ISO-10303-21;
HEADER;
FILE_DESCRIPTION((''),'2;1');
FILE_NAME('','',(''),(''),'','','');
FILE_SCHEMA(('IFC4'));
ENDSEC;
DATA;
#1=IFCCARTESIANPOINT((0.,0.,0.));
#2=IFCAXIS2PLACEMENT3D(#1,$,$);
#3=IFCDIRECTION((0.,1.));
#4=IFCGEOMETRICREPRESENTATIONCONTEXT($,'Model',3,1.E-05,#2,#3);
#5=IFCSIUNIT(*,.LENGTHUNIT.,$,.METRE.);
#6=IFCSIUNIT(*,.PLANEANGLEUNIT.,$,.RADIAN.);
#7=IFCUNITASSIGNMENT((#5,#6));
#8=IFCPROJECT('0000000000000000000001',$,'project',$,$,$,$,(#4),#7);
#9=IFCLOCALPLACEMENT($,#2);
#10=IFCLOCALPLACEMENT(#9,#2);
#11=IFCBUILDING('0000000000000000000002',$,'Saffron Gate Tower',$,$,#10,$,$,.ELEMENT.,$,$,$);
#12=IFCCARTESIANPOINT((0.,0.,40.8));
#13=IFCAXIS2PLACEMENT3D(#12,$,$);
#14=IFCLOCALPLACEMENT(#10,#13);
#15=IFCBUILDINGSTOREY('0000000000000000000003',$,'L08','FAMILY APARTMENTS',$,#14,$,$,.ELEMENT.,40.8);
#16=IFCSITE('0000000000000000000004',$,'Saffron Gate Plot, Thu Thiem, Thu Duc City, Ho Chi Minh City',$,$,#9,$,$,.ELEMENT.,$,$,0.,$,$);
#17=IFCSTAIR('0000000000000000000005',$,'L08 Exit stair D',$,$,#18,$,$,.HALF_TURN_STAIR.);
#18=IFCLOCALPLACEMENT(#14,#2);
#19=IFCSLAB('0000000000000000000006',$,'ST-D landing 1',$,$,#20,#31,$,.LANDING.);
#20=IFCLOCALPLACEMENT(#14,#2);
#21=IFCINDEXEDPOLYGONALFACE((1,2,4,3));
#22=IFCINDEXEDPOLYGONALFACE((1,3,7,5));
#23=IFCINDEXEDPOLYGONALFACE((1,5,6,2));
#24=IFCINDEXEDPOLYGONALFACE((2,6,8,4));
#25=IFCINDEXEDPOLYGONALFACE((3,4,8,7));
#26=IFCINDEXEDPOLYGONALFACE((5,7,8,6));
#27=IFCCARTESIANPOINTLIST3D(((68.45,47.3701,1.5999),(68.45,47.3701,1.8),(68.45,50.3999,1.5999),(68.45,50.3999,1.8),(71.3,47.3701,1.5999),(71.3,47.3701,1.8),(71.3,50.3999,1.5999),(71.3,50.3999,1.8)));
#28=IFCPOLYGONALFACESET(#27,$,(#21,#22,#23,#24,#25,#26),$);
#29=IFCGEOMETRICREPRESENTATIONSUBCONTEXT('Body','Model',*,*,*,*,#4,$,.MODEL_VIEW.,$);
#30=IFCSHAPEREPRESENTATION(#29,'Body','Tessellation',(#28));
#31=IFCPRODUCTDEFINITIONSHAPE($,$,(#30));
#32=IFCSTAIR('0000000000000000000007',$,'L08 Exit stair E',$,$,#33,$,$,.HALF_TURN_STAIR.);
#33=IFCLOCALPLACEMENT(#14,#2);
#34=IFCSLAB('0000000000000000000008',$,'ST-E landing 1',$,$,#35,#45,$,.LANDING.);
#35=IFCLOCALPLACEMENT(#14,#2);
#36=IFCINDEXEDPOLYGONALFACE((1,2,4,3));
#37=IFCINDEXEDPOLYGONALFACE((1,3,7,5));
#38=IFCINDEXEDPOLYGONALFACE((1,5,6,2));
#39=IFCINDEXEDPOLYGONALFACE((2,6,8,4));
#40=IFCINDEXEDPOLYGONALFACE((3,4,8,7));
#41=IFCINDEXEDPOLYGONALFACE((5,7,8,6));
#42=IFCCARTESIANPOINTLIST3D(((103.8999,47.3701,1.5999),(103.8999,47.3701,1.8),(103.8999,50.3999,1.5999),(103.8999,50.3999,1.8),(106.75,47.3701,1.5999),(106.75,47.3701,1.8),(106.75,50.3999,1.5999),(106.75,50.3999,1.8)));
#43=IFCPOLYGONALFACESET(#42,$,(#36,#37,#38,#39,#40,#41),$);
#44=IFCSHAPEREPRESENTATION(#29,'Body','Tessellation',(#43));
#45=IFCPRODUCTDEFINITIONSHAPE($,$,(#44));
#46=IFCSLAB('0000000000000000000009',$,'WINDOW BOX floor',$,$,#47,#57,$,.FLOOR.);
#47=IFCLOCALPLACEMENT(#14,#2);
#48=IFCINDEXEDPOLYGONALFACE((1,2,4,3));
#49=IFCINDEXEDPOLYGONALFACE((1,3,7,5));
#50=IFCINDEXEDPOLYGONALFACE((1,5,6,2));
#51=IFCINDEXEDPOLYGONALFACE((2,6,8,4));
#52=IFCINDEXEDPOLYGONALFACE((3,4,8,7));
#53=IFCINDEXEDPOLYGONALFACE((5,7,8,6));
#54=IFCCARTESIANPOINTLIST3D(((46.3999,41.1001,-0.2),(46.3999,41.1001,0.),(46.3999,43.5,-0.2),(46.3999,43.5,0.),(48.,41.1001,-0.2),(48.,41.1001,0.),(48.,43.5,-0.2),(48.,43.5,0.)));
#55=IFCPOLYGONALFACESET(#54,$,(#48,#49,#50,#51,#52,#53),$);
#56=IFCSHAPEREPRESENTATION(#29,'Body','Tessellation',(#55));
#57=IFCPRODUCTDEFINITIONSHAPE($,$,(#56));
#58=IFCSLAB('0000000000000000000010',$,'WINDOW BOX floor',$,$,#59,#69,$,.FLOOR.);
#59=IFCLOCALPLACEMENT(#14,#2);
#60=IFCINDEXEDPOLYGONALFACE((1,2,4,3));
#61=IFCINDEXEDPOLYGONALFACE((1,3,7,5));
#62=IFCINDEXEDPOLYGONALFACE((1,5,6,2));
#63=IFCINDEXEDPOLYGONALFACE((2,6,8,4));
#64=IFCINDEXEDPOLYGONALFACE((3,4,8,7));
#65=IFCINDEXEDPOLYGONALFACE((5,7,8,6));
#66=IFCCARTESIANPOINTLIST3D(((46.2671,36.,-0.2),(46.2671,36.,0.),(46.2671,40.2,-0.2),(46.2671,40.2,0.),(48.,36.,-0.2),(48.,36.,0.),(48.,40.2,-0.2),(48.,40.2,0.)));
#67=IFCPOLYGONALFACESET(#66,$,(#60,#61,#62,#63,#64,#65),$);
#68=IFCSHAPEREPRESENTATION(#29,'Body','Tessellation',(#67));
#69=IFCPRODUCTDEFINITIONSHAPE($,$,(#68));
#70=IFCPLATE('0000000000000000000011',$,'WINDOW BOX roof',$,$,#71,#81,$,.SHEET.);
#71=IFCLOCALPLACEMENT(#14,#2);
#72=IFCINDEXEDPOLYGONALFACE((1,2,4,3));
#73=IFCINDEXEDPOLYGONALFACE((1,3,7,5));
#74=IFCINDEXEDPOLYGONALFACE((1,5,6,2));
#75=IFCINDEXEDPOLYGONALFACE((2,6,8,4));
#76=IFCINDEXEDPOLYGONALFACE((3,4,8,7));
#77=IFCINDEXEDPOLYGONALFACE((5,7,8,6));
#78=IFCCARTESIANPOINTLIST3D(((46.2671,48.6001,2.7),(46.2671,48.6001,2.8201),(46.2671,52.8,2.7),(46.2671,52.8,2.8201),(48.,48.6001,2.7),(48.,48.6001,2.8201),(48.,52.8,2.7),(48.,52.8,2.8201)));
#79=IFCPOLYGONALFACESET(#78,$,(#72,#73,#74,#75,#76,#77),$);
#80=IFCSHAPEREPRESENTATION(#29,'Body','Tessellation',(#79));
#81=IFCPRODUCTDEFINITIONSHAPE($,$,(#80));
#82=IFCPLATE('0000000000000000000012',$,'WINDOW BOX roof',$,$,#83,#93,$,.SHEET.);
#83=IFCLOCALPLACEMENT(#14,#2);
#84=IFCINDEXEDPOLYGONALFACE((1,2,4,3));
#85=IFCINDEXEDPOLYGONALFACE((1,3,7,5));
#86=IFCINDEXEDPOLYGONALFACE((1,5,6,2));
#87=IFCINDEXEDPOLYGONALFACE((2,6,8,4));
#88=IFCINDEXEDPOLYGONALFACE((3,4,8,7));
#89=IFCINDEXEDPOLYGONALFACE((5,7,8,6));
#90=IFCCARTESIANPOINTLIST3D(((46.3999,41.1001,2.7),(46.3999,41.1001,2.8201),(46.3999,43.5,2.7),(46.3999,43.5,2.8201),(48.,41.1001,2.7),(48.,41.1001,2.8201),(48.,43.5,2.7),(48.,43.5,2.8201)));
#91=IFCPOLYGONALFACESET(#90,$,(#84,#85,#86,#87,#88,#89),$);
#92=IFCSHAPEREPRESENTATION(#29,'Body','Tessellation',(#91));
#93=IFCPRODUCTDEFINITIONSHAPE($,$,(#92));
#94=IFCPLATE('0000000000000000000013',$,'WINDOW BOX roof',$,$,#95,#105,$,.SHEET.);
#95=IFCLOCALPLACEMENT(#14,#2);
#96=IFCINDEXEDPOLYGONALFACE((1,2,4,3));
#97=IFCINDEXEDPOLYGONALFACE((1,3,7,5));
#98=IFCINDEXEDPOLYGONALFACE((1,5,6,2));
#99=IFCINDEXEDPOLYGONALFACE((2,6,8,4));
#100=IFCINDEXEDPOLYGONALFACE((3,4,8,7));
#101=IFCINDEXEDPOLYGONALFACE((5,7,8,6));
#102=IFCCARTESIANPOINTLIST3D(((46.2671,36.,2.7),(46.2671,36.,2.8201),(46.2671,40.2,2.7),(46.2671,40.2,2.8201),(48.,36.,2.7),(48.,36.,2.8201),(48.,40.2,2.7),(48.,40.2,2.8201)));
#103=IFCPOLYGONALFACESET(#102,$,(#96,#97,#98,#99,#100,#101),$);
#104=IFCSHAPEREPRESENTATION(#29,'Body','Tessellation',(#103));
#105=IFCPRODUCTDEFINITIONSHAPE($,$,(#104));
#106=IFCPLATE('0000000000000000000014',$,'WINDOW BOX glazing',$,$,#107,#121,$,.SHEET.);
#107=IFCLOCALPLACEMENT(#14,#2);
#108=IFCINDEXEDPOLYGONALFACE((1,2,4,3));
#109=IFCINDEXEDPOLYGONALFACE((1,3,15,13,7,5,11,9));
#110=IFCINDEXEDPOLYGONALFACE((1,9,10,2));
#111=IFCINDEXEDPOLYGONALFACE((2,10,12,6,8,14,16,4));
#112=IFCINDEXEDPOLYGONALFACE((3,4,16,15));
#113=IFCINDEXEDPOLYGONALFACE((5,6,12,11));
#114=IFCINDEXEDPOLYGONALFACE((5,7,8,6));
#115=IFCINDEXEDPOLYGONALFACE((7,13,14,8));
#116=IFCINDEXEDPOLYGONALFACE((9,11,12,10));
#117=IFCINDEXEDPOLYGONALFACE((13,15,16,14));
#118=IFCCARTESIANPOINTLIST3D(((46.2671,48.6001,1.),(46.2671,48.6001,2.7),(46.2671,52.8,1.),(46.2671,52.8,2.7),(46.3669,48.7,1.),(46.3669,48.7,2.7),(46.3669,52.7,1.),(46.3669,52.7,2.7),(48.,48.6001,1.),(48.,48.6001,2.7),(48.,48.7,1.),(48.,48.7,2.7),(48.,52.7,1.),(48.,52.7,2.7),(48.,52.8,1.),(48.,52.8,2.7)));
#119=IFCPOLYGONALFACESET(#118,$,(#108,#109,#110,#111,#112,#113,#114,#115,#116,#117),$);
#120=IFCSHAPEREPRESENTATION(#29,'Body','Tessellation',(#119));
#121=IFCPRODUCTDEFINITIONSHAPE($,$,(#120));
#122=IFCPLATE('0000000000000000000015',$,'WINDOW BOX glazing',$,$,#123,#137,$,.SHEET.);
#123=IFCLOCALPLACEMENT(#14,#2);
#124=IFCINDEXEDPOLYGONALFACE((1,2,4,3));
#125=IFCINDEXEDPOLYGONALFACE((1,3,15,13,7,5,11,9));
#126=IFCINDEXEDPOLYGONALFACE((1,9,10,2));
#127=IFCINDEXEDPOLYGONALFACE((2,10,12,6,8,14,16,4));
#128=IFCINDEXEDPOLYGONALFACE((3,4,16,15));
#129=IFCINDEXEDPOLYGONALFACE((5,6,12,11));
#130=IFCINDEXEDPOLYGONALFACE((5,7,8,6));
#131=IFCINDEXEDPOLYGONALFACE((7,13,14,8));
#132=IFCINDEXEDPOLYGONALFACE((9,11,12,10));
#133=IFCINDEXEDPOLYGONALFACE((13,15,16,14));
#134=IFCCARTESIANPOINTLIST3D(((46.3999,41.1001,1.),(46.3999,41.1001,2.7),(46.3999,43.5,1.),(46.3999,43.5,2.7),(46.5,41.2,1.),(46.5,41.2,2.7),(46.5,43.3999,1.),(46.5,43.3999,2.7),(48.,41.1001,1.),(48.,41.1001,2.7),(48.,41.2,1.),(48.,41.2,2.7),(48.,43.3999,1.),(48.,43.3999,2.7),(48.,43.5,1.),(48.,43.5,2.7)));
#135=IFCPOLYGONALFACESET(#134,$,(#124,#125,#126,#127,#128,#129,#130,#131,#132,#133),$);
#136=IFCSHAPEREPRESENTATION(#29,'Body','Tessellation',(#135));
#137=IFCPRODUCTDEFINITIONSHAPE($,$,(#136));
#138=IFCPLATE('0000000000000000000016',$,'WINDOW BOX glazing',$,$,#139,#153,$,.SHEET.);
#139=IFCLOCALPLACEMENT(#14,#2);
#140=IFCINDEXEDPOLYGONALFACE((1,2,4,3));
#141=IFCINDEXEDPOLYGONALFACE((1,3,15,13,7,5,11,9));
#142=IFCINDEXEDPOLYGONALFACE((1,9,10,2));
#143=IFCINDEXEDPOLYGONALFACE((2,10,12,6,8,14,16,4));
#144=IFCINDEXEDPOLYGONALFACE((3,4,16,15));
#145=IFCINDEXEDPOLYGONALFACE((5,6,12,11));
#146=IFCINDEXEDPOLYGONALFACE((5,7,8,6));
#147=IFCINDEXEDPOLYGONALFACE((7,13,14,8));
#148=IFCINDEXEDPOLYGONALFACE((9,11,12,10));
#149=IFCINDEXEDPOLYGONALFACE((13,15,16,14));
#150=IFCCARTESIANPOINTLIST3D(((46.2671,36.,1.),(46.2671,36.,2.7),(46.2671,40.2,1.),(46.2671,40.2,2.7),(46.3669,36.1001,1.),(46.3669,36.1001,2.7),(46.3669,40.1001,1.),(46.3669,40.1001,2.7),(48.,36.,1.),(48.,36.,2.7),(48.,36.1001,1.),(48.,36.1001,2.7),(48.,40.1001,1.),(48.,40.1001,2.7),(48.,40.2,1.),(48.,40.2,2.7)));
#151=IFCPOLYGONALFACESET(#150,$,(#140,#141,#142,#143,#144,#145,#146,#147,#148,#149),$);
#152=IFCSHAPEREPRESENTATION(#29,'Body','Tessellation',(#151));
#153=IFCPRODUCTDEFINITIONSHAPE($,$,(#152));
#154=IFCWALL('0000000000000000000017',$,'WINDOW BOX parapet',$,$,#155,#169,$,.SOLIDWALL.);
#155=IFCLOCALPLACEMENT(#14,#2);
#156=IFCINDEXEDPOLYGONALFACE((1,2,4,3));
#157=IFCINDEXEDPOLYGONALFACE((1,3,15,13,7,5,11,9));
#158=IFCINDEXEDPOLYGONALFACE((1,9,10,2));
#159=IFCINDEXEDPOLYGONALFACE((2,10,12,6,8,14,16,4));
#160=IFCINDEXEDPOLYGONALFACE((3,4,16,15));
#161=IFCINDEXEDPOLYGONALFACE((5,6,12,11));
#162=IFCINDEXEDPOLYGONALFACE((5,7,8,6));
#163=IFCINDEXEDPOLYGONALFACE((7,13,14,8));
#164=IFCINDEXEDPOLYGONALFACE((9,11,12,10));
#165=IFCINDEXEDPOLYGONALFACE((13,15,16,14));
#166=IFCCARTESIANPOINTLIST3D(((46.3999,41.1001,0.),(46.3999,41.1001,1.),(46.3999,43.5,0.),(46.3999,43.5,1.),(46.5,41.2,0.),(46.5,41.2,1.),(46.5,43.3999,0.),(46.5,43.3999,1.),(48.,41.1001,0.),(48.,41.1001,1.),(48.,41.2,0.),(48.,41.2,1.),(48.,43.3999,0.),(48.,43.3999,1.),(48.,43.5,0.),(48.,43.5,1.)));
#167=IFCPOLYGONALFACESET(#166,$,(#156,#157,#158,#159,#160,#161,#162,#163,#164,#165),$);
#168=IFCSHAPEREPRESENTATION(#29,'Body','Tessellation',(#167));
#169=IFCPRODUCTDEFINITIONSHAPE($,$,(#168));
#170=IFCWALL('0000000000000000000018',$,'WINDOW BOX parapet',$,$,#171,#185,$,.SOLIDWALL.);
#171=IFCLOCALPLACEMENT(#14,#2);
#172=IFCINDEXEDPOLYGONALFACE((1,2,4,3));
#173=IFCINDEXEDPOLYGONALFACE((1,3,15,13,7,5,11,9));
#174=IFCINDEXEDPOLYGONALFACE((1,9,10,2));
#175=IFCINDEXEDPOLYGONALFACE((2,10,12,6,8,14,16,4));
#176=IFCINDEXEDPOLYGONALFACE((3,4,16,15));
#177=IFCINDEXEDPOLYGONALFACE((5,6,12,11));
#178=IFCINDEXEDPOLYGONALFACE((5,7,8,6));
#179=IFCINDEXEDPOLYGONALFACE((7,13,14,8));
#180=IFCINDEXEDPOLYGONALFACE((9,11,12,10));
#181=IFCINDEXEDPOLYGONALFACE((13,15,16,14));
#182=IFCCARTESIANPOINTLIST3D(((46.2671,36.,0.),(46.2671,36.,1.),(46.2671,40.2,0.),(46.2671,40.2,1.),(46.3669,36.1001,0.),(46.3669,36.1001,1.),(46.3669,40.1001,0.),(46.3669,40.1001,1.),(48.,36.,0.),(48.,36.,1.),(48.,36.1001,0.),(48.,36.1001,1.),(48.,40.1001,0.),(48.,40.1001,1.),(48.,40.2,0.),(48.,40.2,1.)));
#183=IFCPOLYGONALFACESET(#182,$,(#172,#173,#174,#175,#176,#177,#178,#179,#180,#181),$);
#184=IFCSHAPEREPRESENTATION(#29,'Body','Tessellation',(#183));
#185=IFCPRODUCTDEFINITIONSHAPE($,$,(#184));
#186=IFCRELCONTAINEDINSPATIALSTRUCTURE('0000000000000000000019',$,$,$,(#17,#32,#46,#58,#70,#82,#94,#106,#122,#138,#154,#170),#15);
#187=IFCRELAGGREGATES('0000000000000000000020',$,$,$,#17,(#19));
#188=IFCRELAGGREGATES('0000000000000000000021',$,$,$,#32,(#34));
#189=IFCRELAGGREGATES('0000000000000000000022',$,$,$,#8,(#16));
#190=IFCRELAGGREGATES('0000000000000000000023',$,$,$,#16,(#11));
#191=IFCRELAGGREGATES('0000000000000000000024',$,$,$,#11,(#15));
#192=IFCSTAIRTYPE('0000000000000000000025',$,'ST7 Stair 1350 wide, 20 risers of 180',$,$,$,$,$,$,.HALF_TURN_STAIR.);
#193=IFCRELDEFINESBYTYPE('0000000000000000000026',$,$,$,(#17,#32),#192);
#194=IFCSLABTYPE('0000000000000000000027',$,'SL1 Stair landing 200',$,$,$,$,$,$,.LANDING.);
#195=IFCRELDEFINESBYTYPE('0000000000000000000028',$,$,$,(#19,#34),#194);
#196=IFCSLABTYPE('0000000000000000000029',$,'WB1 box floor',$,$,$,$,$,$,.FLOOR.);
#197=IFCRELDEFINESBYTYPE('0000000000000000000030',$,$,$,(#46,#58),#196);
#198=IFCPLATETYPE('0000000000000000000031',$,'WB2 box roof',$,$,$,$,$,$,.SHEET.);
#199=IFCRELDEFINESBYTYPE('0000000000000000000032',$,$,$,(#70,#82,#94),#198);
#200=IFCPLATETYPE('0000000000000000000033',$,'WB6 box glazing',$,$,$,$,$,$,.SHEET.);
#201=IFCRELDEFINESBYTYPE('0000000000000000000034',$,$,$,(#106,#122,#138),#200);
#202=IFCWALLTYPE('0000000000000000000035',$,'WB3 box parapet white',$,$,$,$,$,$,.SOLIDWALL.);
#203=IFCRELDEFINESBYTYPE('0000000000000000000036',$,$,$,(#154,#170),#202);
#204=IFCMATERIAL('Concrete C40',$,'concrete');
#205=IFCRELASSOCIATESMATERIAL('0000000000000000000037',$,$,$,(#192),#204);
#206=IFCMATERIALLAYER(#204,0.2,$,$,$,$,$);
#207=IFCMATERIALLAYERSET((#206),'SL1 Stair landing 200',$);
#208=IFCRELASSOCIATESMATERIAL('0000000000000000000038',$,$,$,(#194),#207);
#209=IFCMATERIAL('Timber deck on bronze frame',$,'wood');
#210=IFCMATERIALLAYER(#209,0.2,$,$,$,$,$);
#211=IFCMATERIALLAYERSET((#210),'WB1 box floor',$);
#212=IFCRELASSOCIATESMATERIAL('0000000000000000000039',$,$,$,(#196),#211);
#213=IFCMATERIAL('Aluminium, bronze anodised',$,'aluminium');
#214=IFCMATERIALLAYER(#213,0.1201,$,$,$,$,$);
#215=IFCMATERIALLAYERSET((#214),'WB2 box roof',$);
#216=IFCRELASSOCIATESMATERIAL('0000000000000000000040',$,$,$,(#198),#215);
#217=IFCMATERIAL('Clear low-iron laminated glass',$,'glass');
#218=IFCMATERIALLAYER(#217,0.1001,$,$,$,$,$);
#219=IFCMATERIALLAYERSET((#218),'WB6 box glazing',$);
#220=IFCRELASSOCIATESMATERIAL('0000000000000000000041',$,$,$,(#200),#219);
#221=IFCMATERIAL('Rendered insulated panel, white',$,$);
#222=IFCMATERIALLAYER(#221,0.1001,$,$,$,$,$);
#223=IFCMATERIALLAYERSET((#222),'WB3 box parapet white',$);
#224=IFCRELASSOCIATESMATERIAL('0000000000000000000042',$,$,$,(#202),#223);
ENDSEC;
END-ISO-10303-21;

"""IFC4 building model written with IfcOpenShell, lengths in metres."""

from ifc_helpers import new_model, si_unit, direction, frame, origin, place, context, subcontext, project, spatial, polyline, outline, extrude, material, layer, layer_set, type_object, element, aggregate, save


model = new_model("IFC4")

# Units and contexts
model_context = context("Model", 3, precision=1e-05, world=origin(), true_north=direction((0.0, 1.0)))
body_context = subcontext(model_context, "Body", "Model", "MODEL_VIEW")
ifc_project = project(units=[si_unit("LENGTHUNIT", "METRE"), si_unit("PLANEANGLEUNIT", "RADIAN")], contexts=[model_context])

# Site, building, storey
site_placement = place(None, origin())
site = spatial("IfcSite", under=ifc_project, at=site_placement, Name="Saffron Gate Plot, Thu Thiem, Thu Duc City, Ho Chi Minh City", CompositionType="ELEMENT", RefElevation=0.0)
building_placement = place(site_placement, origin())
building = spatial("IfcBuilding", under=site, at=building_placement, Name="Saffron Gate Tower", CompositionType="ELEMENT")
storey_placement = place(building_placement, frame((0.0, 0.0, 40.8)))
storey = spatial("IfcBuildingStorey", under=building, at=storey_placement, Name="L08", Description="FAMILY APARTMENTS", CompositionType="ELEMENT", Elevation=40.8)

# Shared definitions
ifc_material_1 = material(Name="Aluminium, bronze anodised", Category="aluminium")

# Stairs, slabs
ifc_material_2 = material(Name="Concrete C40", Category="concrete")
stair_type = type_object("IfcStairType", Name="ST7 Stair 1350 wide, 20 risers of 180", PredefinedType="HALF_TURN_STAIR", material=ifc_material_2)
ifc_layer_1 = layer(ifc_material_2, 0.2)
ifc_layer_set_1 = layer_set([ifc_layer_1], Name="SL1 Stair landing 200")
slab_type_1 = type_object("IfcSlabType", Name="SL1 Stair landing 200", PredefinedType="LANDING", material=ifc_layer_set_1)
stair_1_placement = place(storey_placement, origin())
stair_1 = element("IfcStair", 1, at=stair_1_placement, inside=storey, type_object=stair_type, Name="L08 Exit stair D", PredefinedType="HALF_TURN_STAIR")
slab_1_placement = place(storey_placement, frame((0.0, 0.0, 1.5999)))
slab_1 = element("IfcSlab", 2, at=slab_1_placement, type_object=slab_type_1, Name="ST-D landing 1", PredefinedType="LANDING", context=body_context, shape_type="SweptSolid", body=[
    extrude(outline(polyline([(71.3, 47.3701), (71.3, 50.3999), (68.45, 50.3999), (68.45, 47.3701), (71.3, 47.3701)])), origin(), (0.0, 0.0, 1.0), 0.2002),
])
aggregate(stair_1, [slab_1])
stair_2_placement = place(storey_placement, origin())
stair_2 = element("IfcStair", 3, at=stair_2_placement, inside=storey, type_object=stair_type, Name="L08 Exit stair E", PredefinedType="HALF_TURN_STAIR")
slab_2_placement = place(storey_placement, frame((0.0, 0.0, 1.5999)))
slab_2 = element("IfcSlab", 4, at=slab_2_placement, type_object=slab_type_1, Name="ST-E landing 1", PredefinedType="LANDING", context=body_context, shape_type="SweptSolid", body=[
    extrude(outline(polyline([(106.75, 47.3701), (106.75, 50.3999), (103.8999, 50.3999), (103.8999, 47.3701), (106.75, 47.3701)])), origin(), (0.0, 0.0, 1.0), 0.2002),
])
aggregate(stair_2, [slab_2])

# Slabs
ifc_material_3 = material(Name="Timber deck on bronze frame", Category="wood")
ifc_layer_2 = layer(ifc_material_3, 0.2)
ifc_layer_set_2 = layer_set([ifc_layer_2], Name="WB1 box floor")
slab_type_2 = type_object("IfcSlabType", Name="WB1 box floor", PredefinedType="FLOOR", material=ifc_layer_set_2)
slab_3_placement = place(storey_placement, frame((0.0, 0.0, -0.2)))
element("IfcSlab", 5, at=slab_3_placement, inside=storey, type_object=slab_type_2, Name="WINDOW BOX floor", PredefinedType="FLOOR", context=body_context, shape_type="SweptSolid", body=[
    extrude(outline(polyline([(48.0, 43.5), (48.0, 41.1001), (46.3999, 41.1001), (46.3999, 43.5), (48.0, 43.5)])), origin(), (0.0, 0.0, 1.0), 0.2),
])
slab_4_placement = place(storey_placement, frame((0.0, 0.0, -0.2)))
element("IfcSlab", 6, at=slab_4_placement, inside=storey, type_object=slab_type_2, Name="WINDOW BOX floor", PredefinedType="FLOOR", context=body_context, shape_type="SweptSolid", body=[
    extrude(outline(polyline([(48.0, 40.2), (48.0, 36.0), (46.2671, 36.0), (46.2671, 40.2), (48.0, 40.2)])), origin(), (0.0, 0.0, 1.0), 0.2),
])

# Plates
ifc_layer_3 = layer(ifc_material_1, 0.1201)
ifc_layer_set_3 = layer_set([ifc_layer_3], Name="WB2 box roof")
plate_type_1 = type_object("IfcPlateType", Name="WB2 box roof", PredefinedType="SHEET", material=ifc_layer_set_3)
plate_1_placement = place(storey_placement, frame((0.0, 0.0, 2.7)))
element("IfcPlate", 7, at=plate_1_placement, inside=storey, type_object=plate_type_1, Name="WINDOW BOX roof", PredefinedType="SHEET", context=body_context, shape_type="SweptSolid", body=[
    extrude(outline(polyline([(48.0, 52.8), (48.0, 48.6001), (46.2671, 48.6001), (46.2671, 52.8), (48.0, 52.8)])), origin(), (0.0, 0.0, 1.0), 0.1201),
])
plate_2_placement = place(storey_placement, frame((0.0, 0.0, 2.7)))
element("IfcPlate", 8, at=plate_2_placement, inside=storey, type_object=plate_type_1, Name="WINDOW BOX roof", PredefinedType="SHEET", context=body_context, shape_type="SweptSolid", body=[
    extrude(outline(polyline([(48.0, 43.5), (48.0, 41.1001), (46.3999, 41.1001), (46.3999, 43.5), (48.0, 43.5)])), origin(), (0.0, 0.0, 1.0), 0.1201),
])
plate_3_placement = place(storey_placement, frame((0.0, 0.0, 2.7)))
element("IfcPlate", 9, at=plate_3_placement, inside=storey, type_object=plate_type_1, Name="WINDOW BOX roof", PredefinedType="SHEET", context=body_context, shape_type="SweptSolid", body=[
    extrude(outline(polyline([(48.0, 40.2), (48.0, 36.0), (46.2671, 36.0), (46.2671, 40.2), (48.0, 40.2)])), origin(), (0.0, 0.0, 1.0), 0.1201),
])
ifc_material_4 = material(Name="Clear low-iron laminated glass", Category="glass")
ifc_layer_4 = layer(ifc_material_4, 0.1001)
ifc_layer_set_4 = layer_set([ifc_layer_4], Name="WB6 box glazing")
plate_type_2 = type_object("IfcPlateType", Name="WB6 box glazing", PredefinedType="SHEET", material=ifc_layer_set_4)
plate_4_placement = place(storey_placement, frame((0.0, 0.0, 1.0)))
element("IfcPlate", 10, at=plate_4_placement, inside=storey, type_object=plate_type_2, Name="WINDOW BOX glazing", PredefinedType="SHEET", context=body_context, shape_type="SweptSolid", body=[
    extrude(outline(polyline([(48.0, 52.8), (48.0, 52.7), (46.3669, 52.7), (46.3669, 48.7), (48.0, 48.7), (48.0, 48.6001), (46.2671, 48.6001), (46.2671, 52.8), (48.0, 52.8)])), origin(), (0.0, 0.0, 1.0), 1.7),
])
plate_5_placement = place(storey_placement, frame((0.0, 0.0, 1.0)))
element("IfcPlate", 11, at=plate_5_placement, inside=storey, type_object=plate_type_2, Name="WINDOW BOX glazing", PredefinedType="SHEET", context=body_context, shape_type="SweptSolid", body=[
    extrude(outline(polyline([(48.0, 43.5), (48.0, 43.3999), (46.5, 43.3999), (46.5, 41.2), (48.0, 41.2), (48.0, 41.1001), (46.3999, 41.1001), (46.3999, 43.5), (48.0, 43.5)])), origin(), (0.0, 0.0, 1.0), 1.7),
])
plate_6_placement = place(storey_placement, frame((0.0, 0.0, 1.0)))
element("IfcPlate", 12, at=plate_6_placement, inside=storey, type_object=plate_type_2, Name="WINDOW BOX glazing", PredefinedType="SHEET", context=body_context, shape_type="SweptSolid", body=[
    extrude(outline(polyline([(48.0, 40.2), (48.0, 40.1001), (46.3669, 40.1001), (46.3669, 36.1001), (48.0, 36.1001), (48.0, 36.0), (46.2671, 36.0), (46.2671, 40.2), (48.0, 40.2)])), origin(), (0.0, 0.0, 1.0), 1.7),
])

# Walls
ifc_material_5 = material(Name="Rendered insulated panel, white")
ifc_layer_5 = layer(ifc_material_5, 0.1001)
ifc_layer_set_5 = layer_set([ifc_layer_5], Name="WB3 box parapet white")
wall_type = type_object("IfcWallType", Name="WB3 box parapet white", PredefinedType="SOLIDWALL", material=ifc_layer_set_5)
wall_1_placement = place(storey_placement, origin())
element("IfcWall", 13, at=wall_1_placement, inside=storey, type_object=wall_type, Name="WINDOW BOX parapet", PredefinedType="SOLIDWALL", context=body_context, shape_type="SweptSolid", body=[
    extrude(outline(polyline([(48.0, 43.5), (48.0, 43.3999), (46.5, 43.3999), (46.5, 41.2), (48.0, 41.2), (48.0, 41.1001), (46.3999, 41.1001), (46.3999, 43.5), (48.0, 43.5)])), origin(), (0.0, 0.0, 1.0), 1.0),
])
wall_2_placement = place(storey_placement, origin())
element("IfcWall", 14, at=wall_2_placement, inside=storey, type_object=wall_type, Name="WINDOW BOX parapet", PredefinedType="SOLIDWALL", context=body_context, shape_type="SweptSolid", body=[
    extrude(outline(polyline([(48.0, 40.2), (48.0, 40.1001), (46.3669, 40.1001), (46.3669, 36.1001), (48.0, 36.1001), (48.0, 36.0), (46.2671, 36.0), (46.2671, 40.2), (48.0, 40.2)])), origin(), (0.0, 0.0, 1.0), 1.0),
])

save(model, "model.ifc")
